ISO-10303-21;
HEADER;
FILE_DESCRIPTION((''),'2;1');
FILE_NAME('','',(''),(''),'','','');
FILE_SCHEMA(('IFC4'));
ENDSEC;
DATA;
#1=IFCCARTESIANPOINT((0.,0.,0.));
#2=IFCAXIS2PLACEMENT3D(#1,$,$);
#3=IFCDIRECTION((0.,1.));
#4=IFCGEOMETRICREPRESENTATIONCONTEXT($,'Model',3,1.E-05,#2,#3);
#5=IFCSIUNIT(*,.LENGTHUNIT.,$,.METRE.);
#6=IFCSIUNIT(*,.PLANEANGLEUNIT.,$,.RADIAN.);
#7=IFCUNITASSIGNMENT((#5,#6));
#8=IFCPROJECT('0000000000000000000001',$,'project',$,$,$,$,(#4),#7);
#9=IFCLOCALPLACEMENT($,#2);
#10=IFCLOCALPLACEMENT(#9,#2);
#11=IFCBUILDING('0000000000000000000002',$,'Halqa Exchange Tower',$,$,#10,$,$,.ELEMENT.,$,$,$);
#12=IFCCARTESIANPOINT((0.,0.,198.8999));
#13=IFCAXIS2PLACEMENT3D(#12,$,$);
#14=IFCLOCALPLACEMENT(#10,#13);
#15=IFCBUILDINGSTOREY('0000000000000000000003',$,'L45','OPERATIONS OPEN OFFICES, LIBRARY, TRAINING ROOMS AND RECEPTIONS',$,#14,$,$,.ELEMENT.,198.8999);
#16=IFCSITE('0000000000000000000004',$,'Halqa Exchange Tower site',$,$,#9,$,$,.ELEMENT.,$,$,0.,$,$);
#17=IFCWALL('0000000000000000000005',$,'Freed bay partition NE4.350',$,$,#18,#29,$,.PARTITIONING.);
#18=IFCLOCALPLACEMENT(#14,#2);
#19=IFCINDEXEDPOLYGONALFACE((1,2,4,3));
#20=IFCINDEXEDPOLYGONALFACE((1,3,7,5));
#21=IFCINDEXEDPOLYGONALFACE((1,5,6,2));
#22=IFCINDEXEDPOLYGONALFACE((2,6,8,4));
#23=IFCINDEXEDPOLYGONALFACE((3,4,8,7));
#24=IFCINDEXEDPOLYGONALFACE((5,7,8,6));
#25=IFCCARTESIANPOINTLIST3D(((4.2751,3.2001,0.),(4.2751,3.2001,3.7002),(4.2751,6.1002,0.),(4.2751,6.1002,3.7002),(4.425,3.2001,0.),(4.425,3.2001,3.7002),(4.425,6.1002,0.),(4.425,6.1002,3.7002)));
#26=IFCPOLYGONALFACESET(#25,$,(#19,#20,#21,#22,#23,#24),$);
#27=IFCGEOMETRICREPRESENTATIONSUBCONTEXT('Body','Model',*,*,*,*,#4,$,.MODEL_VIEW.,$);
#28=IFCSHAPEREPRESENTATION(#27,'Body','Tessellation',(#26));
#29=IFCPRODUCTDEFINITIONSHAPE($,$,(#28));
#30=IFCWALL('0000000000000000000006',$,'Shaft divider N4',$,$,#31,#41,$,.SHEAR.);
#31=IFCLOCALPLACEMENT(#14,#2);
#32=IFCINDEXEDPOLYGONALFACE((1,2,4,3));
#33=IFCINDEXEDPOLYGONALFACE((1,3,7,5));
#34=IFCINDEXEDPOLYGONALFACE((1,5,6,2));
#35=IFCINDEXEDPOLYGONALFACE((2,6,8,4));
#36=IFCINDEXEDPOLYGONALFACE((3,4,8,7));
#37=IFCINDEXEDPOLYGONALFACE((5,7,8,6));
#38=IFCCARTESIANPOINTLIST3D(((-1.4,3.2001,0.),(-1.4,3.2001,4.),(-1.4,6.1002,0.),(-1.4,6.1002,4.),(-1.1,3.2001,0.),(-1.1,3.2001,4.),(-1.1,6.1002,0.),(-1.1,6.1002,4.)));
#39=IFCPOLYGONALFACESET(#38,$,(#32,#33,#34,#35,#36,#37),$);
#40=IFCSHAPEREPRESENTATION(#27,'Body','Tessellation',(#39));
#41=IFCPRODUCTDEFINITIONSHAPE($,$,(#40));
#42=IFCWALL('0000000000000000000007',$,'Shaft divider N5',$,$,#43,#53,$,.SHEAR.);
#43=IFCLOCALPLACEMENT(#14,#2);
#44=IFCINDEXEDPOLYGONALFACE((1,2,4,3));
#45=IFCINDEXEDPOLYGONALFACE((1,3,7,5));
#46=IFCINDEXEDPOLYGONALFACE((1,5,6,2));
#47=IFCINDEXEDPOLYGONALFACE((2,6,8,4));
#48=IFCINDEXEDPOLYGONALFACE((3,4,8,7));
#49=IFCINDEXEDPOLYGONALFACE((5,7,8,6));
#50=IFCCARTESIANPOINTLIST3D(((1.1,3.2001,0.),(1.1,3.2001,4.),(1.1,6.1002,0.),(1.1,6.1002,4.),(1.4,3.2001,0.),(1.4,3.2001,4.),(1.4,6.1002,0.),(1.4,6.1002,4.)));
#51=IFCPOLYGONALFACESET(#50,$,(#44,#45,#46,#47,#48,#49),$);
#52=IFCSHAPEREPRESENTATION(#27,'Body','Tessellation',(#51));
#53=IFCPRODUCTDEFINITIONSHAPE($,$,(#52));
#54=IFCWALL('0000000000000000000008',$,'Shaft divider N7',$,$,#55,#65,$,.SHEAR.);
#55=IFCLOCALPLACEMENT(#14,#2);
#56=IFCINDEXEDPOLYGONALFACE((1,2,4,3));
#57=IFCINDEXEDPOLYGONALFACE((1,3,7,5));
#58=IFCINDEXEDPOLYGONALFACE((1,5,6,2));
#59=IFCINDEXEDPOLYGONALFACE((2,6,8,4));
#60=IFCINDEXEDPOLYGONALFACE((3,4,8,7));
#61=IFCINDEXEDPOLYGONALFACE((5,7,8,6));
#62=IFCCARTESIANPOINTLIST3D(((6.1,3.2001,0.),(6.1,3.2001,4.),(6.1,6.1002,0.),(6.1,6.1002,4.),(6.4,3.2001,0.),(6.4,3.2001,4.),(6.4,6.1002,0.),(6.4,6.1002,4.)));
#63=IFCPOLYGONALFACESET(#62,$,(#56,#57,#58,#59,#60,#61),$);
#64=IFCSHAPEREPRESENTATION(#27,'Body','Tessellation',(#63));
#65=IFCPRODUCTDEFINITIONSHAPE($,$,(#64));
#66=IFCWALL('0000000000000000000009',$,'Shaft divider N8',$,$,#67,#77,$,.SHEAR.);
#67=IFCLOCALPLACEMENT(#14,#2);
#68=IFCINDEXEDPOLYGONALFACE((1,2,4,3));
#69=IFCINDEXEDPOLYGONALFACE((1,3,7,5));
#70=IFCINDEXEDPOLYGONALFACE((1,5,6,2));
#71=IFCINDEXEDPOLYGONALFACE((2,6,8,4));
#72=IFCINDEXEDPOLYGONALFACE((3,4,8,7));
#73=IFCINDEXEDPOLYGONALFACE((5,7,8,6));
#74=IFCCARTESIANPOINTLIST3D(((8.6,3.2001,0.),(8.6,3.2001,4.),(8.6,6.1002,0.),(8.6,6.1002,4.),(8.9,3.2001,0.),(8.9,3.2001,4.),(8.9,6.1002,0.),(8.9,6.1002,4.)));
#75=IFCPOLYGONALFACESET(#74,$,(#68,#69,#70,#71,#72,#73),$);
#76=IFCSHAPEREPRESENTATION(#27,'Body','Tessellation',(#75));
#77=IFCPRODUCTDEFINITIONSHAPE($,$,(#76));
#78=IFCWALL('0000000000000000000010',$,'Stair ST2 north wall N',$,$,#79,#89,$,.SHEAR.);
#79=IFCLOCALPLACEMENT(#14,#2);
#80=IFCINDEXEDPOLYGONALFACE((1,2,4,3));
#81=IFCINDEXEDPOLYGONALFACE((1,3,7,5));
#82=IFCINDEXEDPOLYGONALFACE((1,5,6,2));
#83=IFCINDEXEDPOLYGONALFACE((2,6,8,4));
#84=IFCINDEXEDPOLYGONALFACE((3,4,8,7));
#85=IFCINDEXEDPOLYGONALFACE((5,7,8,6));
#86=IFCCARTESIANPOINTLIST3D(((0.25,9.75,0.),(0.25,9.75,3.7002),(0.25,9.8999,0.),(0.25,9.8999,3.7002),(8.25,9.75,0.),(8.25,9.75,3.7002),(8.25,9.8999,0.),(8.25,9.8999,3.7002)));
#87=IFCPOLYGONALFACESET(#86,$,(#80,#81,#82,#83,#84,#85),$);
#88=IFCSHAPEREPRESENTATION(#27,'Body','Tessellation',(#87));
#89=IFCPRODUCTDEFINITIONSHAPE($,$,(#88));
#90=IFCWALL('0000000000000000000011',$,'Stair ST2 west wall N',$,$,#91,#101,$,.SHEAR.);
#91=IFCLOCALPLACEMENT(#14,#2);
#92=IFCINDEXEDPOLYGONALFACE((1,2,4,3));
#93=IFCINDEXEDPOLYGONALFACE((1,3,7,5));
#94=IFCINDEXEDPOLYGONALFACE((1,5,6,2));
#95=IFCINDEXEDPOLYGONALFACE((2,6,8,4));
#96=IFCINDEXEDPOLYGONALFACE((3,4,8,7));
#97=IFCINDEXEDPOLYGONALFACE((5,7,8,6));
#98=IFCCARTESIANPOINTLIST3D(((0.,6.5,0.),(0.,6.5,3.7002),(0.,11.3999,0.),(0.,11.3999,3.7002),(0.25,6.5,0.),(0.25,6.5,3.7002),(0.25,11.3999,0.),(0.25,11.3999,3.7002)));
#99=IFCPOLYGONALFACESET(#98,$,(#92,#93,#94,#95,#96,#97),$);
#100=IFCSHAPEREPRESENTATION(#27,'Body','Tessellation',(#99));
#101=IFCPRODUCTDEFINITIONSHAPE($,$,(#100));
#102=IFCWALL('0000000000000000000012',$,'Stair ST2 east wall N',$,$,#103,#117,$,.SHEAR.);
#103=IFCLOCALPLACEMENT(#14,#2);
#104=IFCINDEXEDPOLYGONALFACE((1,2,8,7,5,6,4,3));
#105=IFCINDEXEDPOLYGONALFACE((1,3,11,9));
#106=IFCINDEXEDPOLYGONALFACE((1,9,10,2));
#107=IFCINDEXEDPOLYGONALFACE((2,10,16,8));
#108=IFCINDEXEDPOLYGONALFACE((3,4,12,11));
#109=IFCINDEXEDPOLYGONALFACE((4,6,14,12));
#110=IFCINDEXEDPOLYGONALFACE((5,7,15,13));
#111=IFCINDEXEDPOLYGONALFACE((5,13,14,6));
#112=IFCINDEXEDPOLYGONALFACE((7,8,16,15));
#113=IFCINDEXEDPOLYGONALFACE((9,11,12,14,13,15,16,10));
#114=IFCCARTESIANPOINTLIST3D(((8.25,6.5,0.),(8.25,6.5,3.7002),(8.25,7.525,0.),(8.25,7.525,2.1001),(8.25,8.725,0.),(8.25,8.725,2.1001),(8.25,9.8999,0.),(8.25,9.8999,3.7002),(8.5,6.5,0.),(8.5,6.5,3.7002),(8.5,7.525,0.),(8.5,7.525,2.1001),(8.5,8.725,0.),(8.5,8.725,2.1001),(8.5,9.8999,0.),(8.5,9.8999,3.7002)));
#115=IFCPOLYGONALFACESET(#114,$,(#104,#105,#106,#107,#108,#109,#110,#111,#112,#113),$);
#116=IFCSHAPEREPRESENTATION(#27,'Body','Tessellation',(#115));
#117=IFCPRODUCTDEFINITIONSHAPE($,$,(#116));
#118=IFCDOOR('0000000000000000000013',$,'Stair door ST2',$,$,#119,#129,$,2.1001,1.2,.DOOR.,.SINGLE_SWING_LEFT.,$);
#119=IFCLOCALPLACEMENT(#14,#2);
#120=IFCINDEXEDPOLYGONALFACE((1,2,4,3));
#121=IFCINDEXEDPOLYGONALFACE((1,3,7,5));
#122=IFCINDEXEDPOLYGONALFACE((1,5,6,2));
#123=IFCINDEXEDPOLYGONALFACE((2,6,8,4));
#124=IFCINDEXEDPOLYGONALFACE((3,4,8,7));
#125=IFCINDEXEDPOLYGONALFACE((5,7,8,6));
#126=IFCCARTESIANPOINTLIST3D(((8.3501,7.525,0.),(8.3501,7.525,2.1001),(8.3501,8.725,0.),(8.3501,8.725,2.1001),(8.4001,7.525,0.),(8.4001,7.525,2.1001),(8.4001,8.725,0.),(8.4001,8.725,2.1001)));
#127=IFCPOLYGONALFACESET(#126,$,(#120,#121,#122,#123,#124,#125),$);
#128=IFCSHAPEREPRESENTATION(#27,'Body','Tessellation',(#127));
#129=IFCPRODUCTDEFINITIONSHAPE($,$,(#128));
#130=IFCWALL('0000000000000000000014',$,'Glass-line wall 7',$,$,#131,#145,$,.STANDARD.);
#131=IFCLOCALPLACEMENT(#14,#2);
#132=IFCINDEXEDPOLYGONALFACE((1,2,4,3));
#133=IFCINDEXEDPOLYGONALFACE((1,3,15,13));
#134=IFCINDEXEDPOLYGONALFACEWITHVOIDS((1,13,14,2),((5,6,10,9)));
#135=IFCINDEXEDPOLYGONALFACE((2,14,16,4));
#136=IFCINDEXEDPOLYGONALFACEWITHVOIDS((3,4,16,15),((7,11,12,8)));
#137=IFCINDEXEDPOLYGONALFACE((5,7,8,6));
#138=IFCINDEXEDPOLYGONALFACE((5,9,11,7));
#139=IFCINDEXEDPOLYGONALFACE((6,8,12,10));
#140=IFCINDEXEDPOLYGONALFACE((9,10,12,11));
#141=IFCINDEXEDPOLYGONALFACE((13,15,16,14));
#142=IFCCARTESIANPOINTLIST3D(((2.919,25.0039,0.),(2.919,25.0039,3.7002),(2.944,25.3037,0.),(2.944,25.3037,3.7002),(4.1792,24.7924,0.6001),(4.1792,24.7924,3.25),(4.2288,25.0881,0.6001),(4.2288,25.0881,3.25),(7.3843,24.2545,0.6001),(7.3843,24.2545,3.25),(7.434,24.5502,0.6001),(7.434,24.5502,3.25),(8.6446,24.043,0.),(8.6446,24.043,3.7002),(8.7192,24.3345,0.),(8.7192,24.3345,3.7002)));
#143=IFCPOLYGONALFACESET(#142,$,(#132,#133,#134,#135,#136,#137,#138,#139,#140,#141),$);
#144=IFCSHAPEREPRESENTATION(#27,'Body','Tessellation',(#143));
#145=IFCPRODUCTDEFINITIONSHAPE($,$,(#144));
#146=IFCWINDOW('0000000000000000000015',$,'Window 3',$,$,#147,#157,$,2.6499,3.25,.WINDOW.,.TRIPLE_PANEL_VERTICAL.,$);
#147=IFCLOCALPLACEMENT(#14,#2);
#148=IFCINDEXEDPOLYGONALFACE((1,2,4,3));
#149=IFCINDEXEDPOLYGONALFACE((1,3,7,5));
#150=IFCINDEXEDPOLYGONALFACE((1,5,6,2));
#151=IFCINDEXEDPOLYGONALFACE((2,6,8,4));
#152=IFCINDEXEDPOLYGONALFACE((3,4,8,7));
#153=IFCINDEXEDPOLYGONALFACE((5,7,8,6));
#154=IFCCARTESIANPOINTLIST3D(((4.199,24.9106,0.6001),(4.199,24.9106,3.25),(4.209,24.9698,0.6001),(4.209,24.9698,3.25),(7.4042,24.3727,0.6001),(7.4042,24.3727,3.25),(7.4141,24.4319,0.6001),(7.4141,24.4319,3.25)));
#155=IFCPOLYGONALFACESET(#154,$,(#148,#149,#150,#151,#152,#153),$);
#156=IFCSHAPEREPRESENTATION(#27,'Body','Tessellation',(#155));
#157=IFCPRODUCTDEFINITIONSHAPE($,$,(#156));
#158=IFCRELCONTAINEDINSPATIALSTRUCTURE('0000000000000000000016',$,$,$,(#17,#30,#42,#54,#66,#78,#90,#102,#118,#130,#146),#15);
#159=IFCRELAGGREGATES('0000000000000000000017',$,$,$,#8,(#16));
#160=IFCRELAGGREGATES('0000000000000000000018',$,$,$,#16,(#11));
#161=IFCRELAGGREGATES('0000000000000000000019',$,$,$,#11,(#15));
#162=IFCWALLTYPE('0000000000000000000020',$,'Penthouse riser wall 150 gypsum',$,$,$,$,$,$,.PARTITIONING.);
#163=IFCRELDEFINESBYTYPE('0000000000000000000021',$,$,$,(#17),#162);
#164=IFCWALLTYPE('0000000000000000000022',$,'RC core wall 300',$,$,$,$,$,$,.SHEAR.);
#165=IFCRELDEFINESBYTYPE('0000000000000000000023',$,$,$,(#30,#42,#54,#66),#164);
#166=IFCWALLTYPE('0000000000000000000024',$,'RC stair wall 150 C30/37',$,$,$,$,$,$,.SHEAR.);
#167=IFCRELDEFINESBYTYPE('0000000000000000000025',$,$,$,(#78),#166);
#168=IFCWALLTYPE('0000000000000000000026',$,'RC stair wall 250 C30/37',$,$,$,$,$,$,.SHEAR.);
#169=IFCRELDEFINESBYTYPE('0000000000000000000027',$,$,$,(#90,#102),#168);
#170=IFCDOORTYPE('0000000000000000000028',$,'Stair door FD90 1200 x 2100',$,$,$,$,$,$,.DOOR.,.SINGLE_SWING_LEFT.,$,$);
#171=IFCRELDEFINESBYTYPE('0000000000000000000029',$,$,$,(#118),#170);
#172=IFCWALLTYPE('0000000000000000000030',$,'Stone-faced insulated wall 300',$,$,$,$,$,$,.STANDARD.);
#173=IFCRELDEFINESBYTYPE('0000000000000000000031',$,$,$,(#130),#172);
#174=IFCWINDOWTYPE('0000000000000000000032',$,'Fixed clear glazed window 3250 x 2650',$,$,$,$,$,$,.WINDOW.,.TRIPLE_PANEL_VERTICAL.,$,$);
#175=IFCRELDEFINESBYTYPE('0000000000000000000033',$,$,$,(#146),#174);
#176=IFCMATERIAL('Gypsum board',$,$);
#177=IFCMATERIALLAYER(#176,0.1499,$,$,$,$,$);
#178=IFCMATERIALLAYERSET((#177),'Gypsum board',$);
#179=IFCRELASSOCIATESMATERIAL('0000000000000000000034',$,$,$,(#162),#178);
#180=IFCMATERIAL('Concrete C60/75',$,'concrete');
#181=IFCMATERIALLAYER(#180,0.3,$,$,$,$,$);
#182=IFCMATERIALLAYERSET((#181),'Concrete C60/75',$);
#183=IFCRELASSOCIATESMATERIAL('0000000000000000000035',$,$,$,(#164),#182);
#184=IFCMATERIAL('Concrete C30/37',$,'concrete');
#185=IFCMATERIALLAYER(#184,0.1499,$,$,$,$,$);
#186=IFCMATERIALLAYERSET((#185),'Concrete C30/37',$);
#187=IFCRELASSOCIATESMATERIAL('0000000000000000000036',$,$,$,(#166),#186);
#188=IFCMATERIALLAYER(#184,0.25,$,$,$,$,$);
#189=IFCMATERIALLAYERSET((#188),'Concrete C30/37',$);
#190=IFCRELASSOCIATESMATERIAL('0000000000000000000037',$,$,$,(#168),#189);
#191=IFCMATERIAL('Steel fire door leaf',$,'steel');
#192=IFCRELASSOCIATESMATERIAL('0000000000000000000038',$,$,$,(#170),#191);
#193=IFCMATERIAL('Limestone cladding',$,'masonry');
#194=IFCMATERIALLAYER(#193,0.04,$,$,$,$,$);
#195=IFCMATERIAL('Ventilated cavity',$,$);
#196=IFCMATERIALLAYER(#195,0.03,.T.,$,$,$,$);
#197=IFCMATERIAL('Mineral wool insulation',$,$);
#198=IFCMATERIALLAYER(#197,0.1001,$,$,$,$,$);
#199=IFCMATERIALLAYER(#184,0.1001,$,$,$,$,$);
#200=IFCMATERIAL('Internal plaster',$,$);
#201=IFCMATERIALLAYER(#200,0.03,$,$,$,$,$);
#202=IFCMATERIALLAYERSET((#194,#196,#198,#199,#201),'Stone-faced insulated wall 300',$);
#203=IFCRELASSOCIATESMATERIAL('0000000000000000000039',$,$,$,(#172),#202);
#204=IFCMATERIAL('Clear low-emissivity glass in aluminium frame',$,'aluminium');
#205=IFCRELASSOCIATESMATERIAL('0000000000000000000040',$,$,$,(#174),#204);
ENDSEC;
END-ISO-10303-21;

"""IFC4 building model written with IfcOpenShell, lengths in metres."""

from ifc_helpers import new_model, si_unit, direction, frame, frame_2d, origin, place, context, subcontext, project, spatial, polyline, rectangle, outline, extrude, material, layer, layer_set, type_object, element, fill, save


model = new_model("IFC4")

# Units and contexts
model_context = context("Model", 3, precision=1e-05, world=origin(), true_north=direction((0.0, 1.0)))
body_context = subcontext(model_context, "Body", "Model", "MODEL_VIEW")
ifc_project = project(units=[si_unit("LENGTHUNIT", "METRE"), si_unit("PLANEANGLEUNIT", "RADIAN")], contexts=[model_context])

# Site, building, storey
site_placement = place(None, origin())
site = spatial("IfcSite", under=ifc_project, at=site_placement, Name="Halqa Exchange Tower site", CompositionType="ELEMENT", RefElevation=0.0)
building_placement = place(site_placement, origin())
building = spatial("IfcBuilding", under=site, at=building_placement, Name="Halqa Exchange Tower", CompositionType="ELEMENT")
storey_placement = place(building_placement, frame((0.0, 0.0, 198.8999)))
storey = spatial("IfcBuildingStorey", under=building, at=storey_placement, Name="L45", Description="OPERATIONS OPEN OFFICES, LIBRARY, TRAINING ROOMS AND RECEPTIONS", CompositionType="ELEMENT", Elevation=198.8999)

# Shared definitions
ifc_material_1 = material(Name="Concrete C60/75", Category="concrete")

# Shared definitions
ifc_material_2 = material(Name="Concrete C30/37", Category="concrete")

# Walls
ifc_material_3 = material(Name="Gypsum board")
ifc_layer_1 = layer(ifc_material_3, 0.1499)
ifc_layer_set_1 = layer_set([ifc_layer_1], Name="Gypsum board")
wall_type_1 = type_object("IfcWallType", Name="Penthouse riser wall 150 gypsum", PredefinedType="PARTITIONING", material=ifc_layer_set_1)
wall_1_placement = place(storey_placement, frame((4.3501, 3.2, 0.0), z_axis=(0.0, 0.0, 1.0), x_axis=(0.0, 1.0, 0.0)))
element("IfcWall", 1, at=wall_1_placement, inside=storey, type_object=wall_type_1, Name="Freed bay partition NE4.350", PredefinedType="PARTITIONING", context=body_context, shape_type="SweptSolid", body=[
    extrude(rectangle(XDim=2.9001, YDim=0.1499, at=frame_2d((1.4502, 0.0))), origin(), (0.0, 0.0, 1.0), 3.7002),
])
ifc_layer_2 = layer(ifc_material_1, 0.3)
ifc_layer_set_2 = layer_set([ifc_layer_2], Name="Concrete C60/75")
wall_type_2 = type_object("IfcWallType", Name="RC core wall 300", PredefinedType="SHEAR", material=ifc_layer_set_2)
for number, where, z_axis, x_axis, name in (
    (2, (-1.25, 3.2, 0.0), (0.0, 0.0, 1.0), (0.0, 1.0, 0.0), "Shaft divider N4"),
    (3, (1.25, 3.2, 0.0), (0.0, 0.0, 1.0), (0.0, 1.0, 0.0), "Shaft divider N5"),
    (4, (6.25, 3.2, 0.0), (0.0, 0.0, 1.0), (0.0, 1.0, 0.0), "Shaft divider N7"),
    (5, (8.75, 3.2, 0.0), (0.0, 0.0, 1.0), (0.0, 1.0, 0.0), "Shaft divider N8"),
):
    element("IfcWall", number, at=place(storey_placement, frame(where, z_axis=z_axis, x_axis=x_axis)), inside=storey, type_object=wall_type_2, Name=name, PredefinedType="SHEAR", context=body_context, shape_type="SweptSolid", body=[
        extrude(rectangle(XDim=2.9001, YDim=0.3, at=frame_2d((1.4502, 0.0))), origin(), (0.0, 0.0, 1.0), 4.0),
    ])
ifc_layer_3 = layer(ifc_material_2, 0.1499)
ifc_layer_set_3 = layer_set([ifc_layer_3], Name="Concrete C30/37")
wall_type_3 = type_object("IfcWallType", Name="RC stair wall 150 C30/37", PredefinedType="SHEAR", material=ifc_layer_set_3)
wall_2_placement = place(storey_placement, frame((0.25, 9.825, 0.0), z_axis=(0.0, 0.0, 1.0), x_axis=(1.0, 0.0, 0.0)))
element("IfcWall", 6, at=wall_2_placement, inside=storey, type_object=wall_type_3, Name="Stair ST2 north wall N", PredefinedType="SHEAR", context=body_context, shape_type="SweptSolid", body=[
    extrude(rectangle(XDim=8.0, YDim=0.1499, at=frame_2d((4.0, 0.0))), origin(), (0.0, 0.0, 1.0), 3.7002),
])
ifc_layer_4 = layer(ifc_material_2, 0.25)
ifc_layer_set_4 = layer_set([ifc_layer_4], Name="Concrete C30/37")
wall_type_4 = type_object("IfcWallType", Name="RC stair wall 250 C30/37", PredefinedType="SHEAR", material=ifc_layer_set_4)
wall_3_placement = place(storey_placement, frame((0.125, 6.5, 0.0), z_axis=(0.0, 0.0, 1.0), x_axis=(0.0, 1.0, 0.0)))
element("IfcWall", 7, at=wall_3_placement, inside=storey, type_object=wall_type_4, Name="Stair ST2 west wall N", PredefinedType="SHEAR", context=body_context, shape_type="SweptSolid", body=[
    extrude(rectangle(XDim=4.8999, YDim=0.25, at=frame_2d((2.45, 0.0))), origin(), (0.0, 0.0, 1.0), 3.7002),
])

# Wall, opening, door
wall_4_placement = place(storey_placement, frame((8.375, 6.5, 0.0), z_axis=(0.0, 0.0, 1.0), x_axis=(0.0, 1.0, 0.0)))
wall_4 = element("IfcWall", 8, at=wall_4_placement, inside=storey, type_object=wall_type_4, Name="Stair ST2 east wall N", PredefinedType="SHEAR", context=body_context, shape_type="SweptSolid", body=[
    extrude(rectangle(XDim=3.3999, YDim=0.25, at=frame_2d((1.7, 0.0))), origin(), (0.0, 0.0, 1.0), 3.7002),
])
opening_1_placement = place(wall_4_placement, frame((1.0249, 0.0, 0.0)))
opening_1 = element("IfcOpeningElement", 9, at=opening_1_placement, cuts=wall_4, PredefinedType="OPENING", context=body_context, shape_type="SweptSolid", body=[
    extrude(rectangle(XDim=1.2, YDim=2.1001, at=frame_2d((0.6001, 1.05))), frame((0.0, 0.137, 0.0), z_axis=(0.0, -1.0, 0.0), x_axis=(1.0, 0.0, 0.0)), (0.0, 0.0, 1.0), 0.2739),
])
ifc_material_4 = material(Name="Steel fire door leaf", Category="steel")
door_type_1 = type_object("IfcDoorType", Name="Stair door FD90 1200 x 2100", OperationType="SINGLE_SWING_LEFT", PredefinedType="DOOR", material=ifc_material_4)
door_1_placement = place(opening_1_placement, origin())
door_1 = element("IfcDoor", 10, at=door_1_placement, inside=storey, type_object=door_type_1, Name="Stair door ST2", OperationType="SINGLE_SWING_LEFT", OverallHeight=2.1001, OverallWidth=1.2, PredefinedType="DOOR", context=body_context, shape_type="SweptSolid", body=[
    extrude(rectangle(XDim=1.2, YDim=2.1001, at=frame_2d((0.6001, 1.05))), frame((0.0, 0.0249, 0.0), z_axis=(0.0, -1.0, 0.0), x_axis=(1.0, 0.0, 0.0)), (0.0, 0.0, 1.0), 0.05),
])
fill(opening_1, door_1)

# Wall, opening, window
ifc_material_5 = material(Name="Limestone cladding", Category="masonry")
ifc_layer_5 = layer(ifc_material_5, 0.04)
ifc_material_6 = material(Name="Ventilated cavity")
ifc_layer_6 = layer(ifc_material_6, 0.03, ventilated=True)
ifc_material_7 = material(Name="Mineral wool insulation")
ifc_layer_7 = layer(ifc_material_7, 0.1001)
ifc_layer_8 = layer(ifc_material_2, 0.1001)
ifc_material_8 = material(Name="Internal plaster")
ifc_layer_9 = layer(ifc_material_8, 0.03)
ifc_layer_set_5 = layer_set([ifc_layer_5, ifc_layer_6, ifc_layer_7, ifc_layer_8, ifc_layer_9], Name="Stone-faced insulated wall 300")
wall_type_5 = type_object("IfcWallType", Name="Stone-faced insulated wall 300", PredefinedType="STANDARD", material=ifc_layer_set_5)
wall_5_placement = place(storey_placement, frame((8.6819, 24.1887, 0.0), z_axis=(0.0, 0.0, 1.0), x_axis=(-0.986208, 0.165512, 0.0)))
wall_5 = element("IfcWall", 11, at=wall_5_placement, inside=storey, type_object=wall_type_5, Name="Glass-line wall 7", PredefinedType="STANDARD", context=body_context, shape_type="SweptSolid", body=[
    extrude(outline(polyline([(-0.0127, -0.1499), (5.8433, -0.1499), (5.8184, 0.1499), (0.0127, 0.1499), (-0.0127, -0.1499)])), origin(), (0.0, 0.0, 1.0), 3.7002),
])
opening_2_placement = place(wall_5_placement, frame((1.2905, 0.0, 0.6001)))
opening_2 = element("IfcOpeningElement", 12, at=opening_2_placement, cuts=wall_5, PredefinedType="OPENING", context=body_context, shape_type="SweptSolid", body=[
    extrude(rectangle(XDim=3.25, YDim=2.6499, at=frame_2d((1.625, 1.325))), frame((0.0, 0.1621, 0.0), z_axis=(0.0, -1.0, 0.0), x_axis=(1.0, 0.0, 0.0)), (0.0, 0.0, 1.0), 0.324),
])
ifc_material_9 = material(Name="Clear low-emissivity glass in aluminium frame", Category="aluminium")
window_type = type_object("IfcWindowType", Name="Fixed clear glazed window 3250 x 2650", PartitioningType="TRIPLE_PANEL_VERTICAL", PredefinedType="WINDOW", material=ifc_material_9)
window_placement = place(opening_2_placement, origin())
window = element("IfcWindow", 13, at=window_placement, inside=storey, type_object=window_type, Name="Window 3", OverallHeight=2.6499, OverallWidth=3.25, PartitioningType="TRIPLE_PANEL_VERTICAL", PredefinedType="WINDOW", context=body_context, shape_type="SweptSolid", body=[
    extrude(rectangle(XDim=3.25, YDim=2.6499, at=frame_2d((1.625, 1.325))), frame((0.0, 0.03, 0.0), z_axis=(0.0, -1.0, 0.0), x_axis=(1.0, 0.0, 0.0)), (0.0, 0.0, 1.0), 0.0601),
])
fill(opening_2, window)

save(model, "model.ifc")
